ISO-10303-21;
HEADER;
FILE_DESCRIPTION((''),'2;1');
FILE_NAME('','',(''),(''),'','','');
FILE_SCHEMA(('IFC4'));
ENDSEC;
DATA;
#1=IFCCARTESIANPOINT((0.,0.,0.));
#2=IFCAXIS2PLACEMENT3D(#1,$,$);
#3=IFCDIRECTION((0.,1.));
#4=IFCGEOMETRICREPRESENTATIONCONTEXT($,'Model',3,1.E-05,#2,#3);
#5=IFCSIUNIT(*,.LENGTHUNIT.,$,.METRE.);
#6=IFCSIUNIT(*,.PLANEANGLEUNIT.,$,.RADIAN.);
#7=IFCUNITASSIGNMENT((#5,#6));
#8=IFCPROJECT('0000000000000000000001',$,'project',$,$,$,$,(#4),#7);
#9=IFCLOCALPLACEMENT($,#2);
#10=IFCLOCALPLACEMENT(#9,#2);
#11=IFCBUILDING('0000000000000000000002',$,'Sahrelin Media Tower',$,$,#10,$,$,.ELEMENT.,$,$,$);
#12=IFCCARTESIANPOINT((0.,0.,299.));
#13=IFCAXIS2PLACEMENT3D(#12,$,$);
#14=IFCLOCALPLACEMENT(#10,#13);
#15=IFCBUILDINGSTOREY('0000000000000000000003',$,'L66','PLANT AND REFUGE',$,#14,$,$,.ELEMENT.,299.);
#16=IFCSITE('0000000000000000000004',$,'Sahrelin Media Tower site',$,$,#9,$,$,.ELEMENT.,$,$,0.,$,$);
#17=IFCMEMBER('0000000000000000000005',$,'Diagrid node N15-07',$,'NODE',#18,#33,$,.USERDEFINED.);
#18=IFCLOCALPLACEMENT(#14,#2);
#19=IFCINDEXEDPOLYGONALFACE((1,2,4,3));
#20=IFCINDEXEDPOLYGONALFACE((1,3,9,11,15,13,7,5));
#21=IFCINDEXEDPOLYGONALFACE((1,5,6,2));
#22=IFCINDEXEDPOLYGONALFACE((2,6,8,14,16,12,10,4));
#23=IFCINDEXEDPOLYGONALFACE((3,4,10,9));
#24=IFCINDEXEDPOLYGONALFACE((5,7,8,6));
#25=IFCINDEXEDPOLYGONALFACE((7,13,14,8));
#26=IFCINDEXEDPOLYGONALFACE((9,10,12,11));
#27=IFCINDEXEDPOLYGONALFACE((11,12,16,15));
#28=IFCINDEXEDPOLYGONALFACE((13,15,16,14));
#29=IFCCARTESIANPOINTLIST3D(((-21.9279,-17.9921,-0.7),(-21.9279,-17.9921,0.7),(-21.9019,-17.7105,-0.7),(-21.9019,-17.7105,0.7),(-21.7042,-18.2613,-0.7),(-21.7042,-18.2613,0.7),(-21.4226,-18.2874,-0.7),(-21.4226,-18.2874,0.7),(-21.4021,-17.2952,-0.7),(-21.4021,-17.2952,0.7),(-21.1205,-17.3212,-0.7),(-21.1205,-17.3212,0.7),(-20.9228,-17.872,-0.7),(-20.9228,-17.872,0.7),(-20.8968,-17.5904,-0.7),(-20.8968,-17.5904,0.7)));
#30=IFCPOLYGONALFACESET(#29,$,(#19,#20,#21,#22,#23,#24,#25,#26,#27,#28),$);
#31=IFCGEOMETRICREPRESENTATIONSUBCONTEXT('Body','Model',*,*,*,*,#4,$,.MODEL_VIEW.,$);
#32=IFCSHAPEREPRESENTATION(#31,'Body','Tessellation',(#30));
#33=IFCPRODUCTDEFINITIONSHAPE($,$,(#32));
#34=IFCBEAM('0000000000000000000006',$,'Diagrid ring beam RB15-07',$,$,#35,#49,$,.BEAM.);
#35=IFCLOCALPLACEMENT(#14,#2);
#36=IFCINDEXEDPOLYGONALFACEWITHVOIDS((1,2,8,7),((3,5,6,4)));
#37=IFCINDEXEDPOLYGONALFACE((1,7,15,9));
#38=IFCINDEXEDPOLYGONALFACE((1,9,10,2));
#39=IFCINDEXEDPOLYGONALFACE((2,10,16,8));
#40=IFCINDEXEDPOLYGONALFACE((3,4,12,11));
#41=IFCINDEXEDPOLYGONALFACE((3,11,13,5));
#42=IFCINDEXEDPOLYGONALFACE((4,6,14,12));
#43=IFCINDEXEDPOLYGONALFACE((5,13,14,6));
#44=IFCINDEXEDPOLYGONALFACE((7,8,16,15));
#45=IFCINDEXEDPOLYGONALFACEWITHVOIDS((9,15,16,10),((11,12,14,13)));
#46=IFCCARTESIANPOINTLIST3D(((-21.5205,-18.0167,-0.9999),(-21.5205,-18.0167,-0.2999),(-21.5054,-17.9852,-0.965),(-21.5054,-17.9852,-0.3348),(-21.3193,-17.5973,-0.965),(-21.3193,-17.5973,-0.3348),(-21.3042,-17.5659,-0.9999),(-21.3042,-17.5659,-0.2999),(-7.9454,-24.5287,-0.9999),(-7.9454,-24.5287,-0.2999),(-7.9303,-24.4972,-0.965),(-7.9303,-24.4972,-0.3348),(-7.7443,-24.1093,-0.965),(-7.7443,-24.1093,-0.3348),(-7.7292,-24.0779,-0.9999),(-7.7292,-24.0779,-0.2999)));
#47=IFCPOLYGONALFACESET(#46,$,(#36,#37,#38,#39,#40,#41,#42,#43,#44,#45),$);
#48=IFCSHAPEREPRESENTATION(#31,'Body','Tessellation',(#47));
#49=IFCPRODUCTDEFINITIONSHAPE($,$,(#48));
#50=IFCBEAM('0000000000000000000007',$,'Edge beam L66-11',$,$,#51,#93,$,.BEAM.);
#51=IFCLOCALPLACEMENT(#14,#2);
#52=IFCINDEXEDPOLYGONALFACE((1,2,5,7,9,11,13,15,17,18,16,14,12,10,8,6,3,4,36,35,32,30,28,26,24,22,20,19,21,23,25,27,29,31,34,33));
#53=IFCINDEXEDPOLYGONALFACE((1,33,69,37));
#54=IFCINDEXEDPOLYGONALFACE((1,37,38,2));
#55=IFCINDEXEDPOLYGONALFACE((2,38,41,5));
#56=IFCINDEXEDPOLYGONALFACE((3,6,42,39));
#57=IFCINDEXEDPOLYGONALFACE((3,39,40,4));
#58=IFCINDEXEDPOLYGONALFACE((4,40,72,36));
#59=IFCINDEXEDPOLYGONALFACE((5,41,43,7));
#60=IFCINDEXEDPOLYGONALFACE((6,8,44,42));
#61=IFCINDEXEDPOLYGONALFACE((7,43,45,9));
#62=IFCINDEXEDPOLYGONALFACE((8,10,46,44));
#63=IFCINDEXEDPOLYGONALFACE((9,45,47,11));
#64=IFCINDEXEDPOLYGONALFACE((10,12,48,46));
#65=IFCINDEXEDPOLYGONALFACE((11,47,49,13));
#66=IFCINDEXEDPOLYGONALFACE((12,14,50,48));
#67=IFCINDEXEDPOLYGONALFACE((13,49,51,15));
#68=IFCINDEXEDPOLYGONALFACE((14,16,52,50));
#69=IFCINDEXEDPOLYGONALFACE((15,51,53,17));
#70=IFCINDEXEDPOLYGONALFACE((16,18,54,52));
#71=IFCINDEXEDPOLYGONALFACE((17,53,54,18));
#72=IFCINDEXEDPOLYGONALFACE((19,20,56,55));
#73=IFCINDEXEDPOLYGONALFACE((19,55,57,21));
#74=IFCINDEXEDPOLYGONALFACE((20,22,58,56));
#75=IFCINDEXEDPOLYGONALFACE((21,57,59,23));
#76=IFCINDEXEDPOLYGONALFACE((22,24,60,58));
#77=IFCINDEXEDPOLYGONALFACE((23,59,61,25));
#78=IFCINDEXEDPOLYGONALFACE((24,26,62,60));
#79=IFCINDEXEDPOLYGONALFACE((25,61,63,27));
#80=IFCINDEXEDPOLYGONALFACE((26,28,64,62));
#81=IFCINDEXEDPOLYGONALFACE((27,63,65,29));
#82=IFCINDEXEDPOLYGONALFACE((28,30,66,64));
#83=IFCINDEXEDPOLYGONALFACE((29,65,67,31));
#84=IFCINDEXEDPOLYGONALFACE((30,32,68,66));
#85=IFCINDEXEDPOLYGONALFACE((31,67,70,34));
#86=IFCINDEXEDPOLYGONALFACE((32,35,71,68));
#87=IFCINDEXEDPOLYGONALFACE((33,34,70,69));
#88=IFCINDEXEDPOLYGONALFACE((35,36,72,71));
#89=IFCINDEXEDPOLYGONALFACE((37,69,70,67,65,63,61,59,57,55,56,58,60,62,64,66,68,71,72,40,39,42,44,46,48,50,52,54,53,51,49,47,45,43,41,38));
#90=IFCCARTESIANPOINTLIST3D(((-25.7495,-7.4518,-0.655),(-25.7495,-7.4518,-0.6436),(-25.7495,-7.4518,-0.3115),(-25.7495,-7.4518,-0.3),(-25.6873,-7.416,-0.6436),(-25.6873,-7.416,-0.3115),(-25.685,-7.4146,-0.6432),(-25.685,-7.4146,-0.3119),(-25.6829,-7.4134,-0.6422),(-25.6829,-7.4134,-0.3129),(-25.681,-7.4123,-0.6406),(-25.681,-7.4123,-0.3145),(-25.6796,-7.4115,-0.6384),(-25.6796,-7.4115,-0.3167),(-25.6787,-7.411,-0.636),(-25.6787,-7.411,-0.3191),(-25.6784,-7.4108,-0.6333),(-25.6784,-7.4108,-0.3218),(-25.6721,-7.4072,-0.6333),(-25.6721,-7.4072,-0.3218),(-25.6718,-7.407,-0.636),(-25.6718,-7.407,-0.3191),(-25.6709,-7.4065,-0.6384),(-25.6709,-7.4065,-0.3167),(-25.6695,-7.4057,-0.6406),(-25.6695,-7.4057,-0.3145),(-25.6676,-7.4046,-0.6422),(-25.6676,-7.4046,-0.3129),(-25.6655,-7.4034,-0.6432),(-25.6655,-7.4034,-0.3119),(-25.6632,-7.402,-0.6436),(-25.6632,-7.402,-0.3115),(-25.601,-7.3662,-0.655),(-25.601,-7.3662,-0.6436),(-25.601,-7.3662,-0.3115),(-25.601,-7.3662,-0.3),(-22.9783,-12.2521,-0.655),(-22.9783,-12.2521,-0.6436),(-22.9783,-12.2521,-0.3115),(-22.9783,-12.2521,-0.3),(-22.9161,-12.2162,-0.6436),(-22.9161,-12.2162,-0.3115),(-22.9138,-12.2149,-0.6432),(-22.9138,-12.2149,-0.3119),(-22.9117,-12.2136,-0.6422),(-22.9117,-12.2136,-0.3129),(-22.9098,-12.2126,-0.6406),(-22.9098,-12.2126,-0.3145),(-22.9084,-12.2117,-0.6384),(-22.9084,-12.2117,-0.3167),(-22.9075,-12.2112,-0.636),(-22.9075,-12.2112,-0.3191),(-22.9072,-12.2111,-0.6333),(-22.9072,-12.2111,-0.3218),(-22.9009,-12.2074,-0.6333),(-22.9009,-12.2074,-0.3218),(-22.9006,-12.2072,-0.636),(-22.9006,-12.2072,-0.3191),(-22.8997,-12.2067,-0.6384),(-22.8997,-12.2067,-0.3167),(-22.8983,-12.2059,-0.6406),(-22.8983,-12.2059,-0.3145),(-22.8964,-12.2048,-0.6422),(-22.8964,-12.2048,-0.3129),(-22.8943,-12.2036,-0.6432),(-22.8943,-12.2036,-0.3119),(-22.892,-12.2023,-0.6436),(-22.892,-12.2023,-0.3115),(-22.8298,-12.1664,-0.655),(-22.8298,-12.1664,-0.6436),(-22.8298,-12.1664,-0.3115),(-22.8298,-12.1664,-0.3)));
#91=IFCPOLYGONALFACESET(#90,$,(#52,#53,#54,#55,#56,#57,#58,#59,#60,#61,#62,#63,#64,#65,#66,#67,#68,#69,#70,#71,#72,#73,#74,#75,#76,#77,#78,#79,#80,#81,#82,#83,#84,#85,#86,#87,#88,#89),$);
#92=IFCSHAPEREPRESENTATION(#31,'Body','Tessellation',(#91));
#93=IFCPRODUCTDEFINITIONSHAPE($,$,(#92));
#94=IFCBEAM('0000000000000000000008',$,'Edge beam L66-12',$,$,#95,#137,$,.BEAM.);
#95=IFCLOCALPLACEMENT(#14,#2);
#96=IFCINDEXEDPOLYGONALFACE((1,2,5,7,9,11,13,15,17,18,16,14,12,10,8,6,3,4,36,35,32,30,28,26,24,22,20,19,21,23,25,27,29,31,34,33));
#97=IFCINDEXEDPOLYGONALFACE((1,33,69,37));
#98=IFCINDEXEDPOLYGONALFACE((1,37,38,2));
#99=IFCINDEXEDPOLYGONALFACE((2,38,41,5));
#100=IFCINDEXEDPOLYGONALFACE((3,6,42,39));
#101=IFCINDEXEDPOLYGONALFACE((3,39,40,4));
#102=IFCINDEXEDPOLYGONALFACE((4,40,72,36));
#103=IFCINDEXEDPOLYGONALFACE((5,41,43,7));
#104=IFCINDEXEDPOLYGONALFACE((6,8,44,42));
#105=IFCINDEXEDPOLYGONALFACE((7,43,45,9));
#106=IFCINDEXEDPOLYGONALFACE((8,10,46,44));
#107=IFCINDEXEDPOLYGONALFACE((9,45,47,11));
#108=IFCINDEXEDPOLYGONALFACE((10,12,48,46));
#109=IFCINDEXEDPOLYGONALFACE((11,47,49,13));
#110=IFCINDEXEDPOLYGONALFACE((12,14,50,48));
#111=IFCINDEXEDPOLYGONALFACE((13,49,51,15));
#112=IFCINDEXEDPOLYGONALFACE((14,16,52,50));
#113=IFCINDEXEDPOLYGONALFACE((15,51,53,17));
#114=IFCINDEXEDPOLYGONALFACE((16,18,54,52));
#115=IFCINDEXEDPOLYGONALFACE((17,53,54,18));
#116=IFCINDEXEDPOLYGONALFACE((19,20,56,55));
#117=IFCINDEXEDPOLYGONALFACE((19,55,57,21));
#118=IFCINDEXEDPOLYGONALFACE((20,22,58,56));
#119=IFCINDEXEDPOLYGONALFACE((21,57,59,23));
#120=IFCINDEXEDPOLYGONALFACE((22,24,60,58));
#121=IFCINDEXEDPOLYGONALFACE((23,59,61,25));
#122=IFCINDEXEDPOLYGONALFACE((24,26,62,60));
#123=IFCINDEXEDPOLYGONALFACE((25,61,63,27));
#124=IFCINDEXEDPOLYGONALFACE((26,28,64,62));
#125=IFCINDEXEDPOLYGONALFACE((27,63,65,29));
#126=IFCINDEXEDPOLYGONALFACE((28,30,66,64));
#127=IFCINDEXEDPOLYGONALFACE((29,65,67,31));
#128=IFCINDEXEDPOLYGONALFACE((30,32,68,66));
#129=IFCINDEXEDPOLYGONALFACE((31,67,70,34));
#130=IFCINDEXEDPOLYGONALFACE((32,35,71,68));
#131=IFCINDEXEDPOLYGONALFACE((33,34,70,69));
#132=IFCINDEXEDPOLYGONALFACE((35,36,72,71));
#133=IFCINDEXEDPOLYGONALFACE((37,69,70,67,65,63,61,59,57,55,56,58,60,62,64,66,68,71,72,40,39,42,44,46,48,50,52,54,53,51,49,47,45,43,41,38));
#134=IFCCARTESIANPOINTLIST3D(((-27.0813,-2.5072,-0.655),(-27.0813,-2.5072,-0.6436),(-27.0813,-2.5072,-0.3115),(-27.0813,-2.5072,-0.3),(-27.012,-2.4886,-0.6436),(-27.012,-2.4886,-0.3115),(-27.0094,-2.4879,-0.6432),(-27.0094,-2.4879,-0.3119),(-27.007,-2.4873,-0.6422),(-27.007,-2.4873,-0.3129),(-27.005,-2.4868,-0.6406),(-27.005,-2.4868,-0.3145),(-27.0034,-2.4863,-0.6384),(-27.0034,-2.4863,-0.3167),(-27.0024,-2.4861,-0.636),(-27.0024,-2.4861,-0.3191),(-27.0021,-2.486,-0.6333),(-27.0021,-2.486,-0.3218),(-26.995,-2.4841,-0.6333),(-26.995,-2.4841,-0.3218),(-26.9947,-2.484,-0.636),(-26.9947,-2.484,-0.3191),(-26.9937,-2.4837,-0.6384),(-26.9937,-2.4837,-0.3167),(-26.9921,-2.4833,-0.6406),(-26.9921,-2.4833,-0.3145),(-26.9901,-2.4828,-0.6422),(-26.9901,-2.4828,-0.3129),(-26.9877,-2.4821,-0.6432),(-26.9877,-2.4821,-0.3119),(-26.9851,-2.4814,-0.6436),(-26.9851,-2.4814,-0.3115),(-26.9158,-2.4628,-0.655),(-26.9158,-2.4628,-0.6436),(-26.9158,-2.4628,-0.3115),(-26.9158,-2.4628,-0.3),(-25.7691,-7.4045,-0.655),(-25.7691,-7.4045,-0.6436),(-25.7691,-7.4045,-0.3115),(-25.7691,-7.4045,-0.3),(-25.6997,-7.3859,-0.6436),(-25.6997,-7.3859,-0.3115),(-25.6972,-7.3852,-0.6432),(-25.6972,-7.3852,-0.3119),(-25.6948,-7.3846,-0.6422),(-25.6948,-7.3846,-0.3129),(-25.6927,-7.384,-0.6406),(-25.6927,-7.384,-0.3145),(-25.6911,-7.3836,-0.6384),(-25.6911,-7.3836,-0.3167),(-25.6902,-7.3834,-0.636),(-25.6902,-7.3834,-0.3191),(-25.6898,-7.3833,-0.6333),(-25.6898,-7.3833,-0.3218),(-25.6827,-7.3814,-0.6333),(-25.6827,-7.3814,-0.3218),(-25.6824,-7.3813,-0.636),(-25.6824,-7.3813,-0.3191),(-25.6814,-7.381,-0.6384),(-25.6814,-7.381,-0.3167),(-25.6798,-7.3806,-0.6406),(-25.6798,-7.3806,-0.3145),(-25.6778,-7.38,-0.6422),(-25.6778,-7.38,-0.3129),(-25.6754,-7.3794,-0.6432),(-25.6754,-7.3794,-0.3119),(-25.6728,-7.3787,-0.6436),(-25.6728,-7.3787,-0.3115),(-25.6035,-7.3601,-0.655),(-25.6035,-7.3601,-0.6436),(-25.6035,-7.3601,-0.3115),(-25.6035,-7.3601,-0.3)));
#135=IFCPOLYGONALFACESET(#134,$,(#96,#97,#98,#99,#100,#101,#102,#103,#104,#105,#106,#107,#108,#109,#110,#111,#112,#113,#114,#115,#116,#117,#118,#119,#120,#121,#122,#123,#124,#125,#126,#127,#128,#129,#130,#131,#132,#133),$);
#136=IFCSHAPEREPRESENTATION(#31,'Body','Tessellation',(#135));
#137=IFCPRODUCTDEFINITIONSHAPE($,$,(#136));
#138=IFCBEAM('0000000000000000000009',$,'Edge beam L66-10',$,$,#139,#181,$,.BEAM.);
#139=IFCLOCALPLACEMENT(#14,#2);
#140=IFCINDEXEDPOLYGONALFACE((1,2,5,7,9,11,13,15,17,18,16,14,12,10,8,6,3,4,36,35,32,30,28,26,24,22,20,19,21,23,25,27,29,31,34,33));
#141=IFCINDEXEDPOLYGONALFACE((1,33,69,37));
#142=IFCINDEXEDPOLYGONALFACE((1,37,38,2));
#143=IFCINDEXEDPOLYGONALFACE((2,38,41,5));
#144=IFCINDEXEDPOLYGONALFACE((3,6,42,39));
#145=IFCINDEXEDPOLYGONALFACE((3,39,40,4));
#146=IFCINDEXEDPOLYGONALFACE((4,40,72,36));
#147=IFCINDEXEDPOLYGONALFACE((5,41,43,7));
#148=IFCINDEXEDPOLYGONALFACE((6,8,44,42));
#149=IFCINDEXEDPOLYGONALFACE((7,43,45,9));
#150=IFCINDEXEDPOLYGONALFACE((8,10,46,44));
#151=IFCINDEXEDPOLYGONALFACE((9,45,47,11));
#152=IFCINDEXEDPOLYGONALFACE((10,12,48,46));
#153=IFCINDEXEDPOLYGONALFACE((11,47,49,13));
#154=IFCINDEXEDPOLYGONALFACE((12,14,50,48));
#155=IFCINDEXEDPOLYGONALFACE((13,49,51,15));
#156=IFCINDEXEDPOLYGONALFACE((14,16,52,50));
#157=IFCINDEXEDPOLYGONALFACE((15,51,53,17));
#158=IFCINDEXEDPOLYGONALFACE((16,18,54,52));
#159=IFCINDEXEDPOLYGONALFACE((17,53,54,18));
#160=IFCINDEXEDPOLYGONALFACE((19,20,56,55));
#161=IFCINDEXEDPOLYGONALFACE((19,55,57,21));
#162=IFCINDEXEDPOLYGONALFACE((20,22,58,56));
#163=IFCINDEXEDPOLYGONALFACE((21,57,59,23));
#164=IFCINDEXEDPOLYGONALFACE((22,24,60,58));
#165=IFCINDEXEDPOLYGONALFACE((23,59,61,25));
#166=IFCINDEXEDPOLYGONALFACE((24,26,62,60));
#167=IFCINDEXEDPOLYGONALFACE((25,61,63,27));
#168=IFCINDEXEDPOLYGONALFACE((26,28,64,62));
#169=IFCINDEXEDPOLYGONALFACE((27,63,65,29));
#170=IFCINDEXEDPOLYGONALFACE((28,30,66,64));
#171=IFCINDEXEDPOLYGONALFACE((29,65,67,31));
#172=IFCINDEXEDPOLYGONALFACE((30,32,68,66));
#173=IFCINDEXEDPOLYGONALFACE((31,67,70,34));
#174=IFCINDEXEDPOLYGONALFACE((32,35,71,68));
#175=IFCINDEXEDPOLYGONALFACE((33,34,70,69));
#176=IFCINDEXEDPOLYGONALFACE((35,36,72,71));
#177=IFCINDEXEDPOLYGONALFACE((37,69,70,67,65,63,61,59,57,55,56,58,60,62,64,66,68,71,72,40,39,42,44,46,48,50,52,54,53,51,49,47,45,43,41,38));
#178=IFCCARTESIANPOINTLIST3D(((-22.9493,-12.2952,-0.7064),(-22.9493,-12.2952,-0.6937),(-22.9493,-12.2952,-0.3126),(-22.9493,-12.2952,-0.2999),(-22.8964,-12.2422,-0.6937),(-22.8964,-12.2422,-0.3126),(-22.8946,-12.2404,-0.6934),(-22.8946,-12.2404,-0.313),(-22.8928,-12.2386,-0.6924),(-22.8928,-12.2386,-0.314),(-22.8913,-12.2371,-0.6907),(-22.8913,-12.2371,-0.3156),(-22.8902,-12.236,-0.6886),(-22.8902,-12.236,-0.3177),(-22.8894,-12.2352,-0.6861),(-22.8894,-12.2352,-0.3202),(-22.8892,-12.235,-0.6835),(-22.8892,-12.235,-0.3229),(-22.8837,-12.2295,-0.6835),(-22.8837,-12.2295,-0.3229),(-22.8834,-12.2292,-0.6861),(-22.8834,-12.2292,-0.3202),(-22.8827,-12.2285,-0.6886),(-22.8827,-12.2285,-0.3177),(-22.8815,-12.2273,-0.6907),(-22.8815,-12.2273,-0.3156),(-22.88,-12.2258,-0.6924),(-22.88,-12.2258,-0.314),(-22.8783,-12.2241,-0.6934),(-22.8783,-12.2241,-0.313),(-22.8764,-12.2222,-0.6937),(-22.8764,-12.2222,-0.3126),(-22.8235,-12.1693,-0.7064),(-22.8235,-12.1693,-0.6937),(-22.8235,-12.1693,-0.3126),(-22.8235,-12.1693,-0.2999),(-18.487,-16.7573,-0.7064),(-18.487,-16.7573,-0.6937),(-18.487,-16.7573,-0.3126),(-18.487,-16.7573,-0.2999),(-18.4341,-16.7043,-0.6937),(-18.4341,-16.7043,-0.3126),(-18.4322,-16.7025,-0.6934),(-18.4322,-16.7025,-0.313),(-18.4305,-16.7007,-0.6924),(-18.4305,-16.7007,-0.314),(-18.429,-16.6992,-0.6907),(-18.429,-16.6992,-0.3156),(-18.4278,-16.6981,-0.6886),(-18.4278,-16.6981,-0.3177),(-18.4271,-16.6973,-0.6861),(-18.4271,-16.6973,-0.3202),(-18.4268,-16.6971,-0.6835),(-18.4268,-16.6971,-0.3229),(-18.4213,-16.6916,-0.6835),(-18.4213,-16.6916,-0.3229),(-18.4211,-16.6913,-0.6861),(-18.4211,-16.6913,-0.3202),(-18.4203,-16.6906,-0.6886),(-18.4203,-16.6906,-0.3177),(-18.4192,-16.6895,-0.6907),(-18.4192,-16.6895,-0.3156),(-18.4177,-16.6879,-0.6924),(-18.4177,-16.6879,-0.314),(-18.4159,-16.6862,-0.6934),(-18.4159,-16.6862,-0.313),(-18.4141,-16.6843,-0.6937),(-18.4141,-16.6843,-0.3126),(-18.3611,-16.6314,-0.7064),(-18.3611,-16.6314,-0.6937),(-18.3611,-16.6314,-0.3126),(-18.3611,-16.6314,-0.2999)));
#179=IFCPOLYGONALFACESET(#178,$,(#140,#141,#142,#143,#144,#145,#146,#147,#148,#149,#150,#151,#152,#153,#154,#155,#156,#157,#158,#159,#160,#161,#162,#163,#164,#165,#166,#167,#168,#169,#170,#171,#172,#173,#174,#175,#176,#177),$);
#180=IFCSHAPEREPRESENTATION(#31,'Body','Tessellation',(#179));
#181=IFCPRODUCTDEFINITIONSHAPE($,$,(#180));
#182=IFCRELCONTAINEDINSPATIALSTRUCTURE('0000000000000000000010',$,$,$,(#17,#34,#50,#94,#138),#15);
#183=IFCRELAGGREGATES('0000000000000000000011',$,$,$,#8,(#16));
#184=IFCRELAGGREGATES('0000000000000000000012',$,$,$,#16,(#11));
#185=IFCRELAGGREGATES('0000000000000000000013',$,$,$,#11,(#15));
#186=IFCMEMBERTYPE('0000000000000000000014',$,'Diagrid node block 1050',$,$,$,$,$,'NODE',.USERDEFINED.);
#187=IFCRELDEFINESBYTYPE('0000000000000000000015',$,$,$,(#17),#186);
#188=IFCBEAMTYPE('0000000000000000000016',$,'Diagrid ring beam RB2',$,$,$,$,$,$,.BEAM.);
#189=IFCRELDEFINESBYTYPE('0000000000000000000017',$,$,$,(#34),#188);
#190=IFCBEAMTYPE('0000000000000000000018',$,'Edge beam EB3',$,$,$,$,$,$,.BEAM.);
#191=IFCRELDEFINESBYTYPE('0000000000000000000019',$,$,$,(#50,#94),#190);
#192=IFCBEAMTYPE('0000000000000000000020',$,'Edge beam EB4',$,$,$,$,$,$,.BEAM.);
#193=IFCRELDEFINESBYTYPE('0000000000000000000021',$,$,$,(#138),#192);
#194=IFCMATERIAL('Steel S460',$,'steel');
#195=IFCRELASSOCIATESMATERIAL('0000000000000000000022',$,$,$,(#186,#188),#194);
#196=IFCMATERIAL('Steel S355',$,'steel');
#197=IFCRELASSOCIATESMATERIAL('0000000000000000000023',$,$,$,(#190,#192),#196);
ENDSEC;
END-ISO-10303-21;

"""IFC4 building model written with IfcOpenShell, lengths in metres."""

from ifc_helpers import new_model, si_unit, direction, frame, origin, origin_2d, place, context, subcontext, project, spatial, polyline, hollow_rectangle, i_section, outline, extrude, material, material_profile, profile_set, type_object, element, save


model = new_model("IFC4")

# Units and contexts
model_context = context("Model", 3, precision=1e-05, world=origin(), true_north=direction((0.0, 1.0)))
body_context = subcontext(model_context, "Body", "Model", "MODEL_VIEW")
ifc_project = project(units=[si_unit("LENGTHUNIT", "METRE"), si_unit("PLANEANGLEUNIT", "RADIAN")], contexts=[model_context])

# Site, building, storey
site_placement = place(None, origin())
site = spatial("IfcSite", under=ifc_project, at=site_placement, Name="Sahrelin Media Tower site", CompositionType="ELEMENT", RefElevation=0.0)
building_placement = place(site_placement, origin())
building = spatial("IfcBuilding", under=site, at=building_placement, Name="Sahrelin Media Tower", CompositionType="ELEMENT")
storey_placement = place(building_placement, frame((0.0, 0.0, 299.0)))
storey = spatial("IfcBuildingStorey", under=building, at=storey_placement, Name="L66", Description="PLANT AND REFUGE", CompositionType="ELEMENT", Elevation=299.0)

# Member
ifc_material_1 = material(Name="Steel S460", Category="steel")
ifc_material_profile_1 = material_profile(ifc_material_1, outline(polyline([(0.325, -0.375), (0.5249, -0.175), (0.5249, 0.175), (0.325, 0.375), (-0.325, 0.375), (-0.5249, 0.175), (-0.5249, -0.175), (-0.325, -0.375), (0.325, -0.375)])), Name="Diagrid node block 1050")
ifc_profile_set_1 = profile_set([ifc_material_profile_1], Name="Steel S460")
member_type_1 = type_object("IfcMemberType", Name="Diagrid node block 1050", ElementType="NODE", PredefinedType="USERDEFINED", material=ifc_profile_set_1)
member_1_placement = place(storey_placement, frame((-21.4124, -17.7913, -0.7), z_axis=(0.0, 0.0, 1.0), x_axis=(-0.769146, -0.639073, 0.0)))
element("IfcMember", 1, at=member_1_placement, inside=storey, type_object=member_type_1, Name="Diagrid node N15-07", ObjectType="NODE", PredefinedType="USERDEFINED", context=body_context, shape_type="SweptSolid", body=[
    extrude(outline(polyline([(0.325, -0.375), (0.5249, -0.175), (0.5249, 0.175), (0.325, 0.375), (-0.325, 0.375), (-0.5249, 0.175), (-0.5249, -0.175), (-0.325, -0.375), (0.325, -0.375)])), origin(), (0.0, 0.0, 1.0), 1.3999),
])

# Beams
ifc_material_profile_2 = material_profile(ifc_material_1, hollow_rectangle(XDim=0.5, YDim=0.7, WallThickness=0.0349, at=origin_2d()), Name="Diagrid ring beam RB2")
ifc_profile_set_2 = profile_set([ifc_material_profile_2], Name="Steel S460")
beam_type_1 = type_object("IfcBeamType", Name="Diagrid ring beam RB2", PredefinedType="BEAM", material=ifc_profile_set_2)
beam_1_placement = place(storey_placement, frame((-21.4124, -17.7913, -0.6499), z_axis=(0.901627, -0.432514, 0.0), x_axis=(0.432514, 0.901627, 0.0)))
element("IfcBeam", 2, at=beam_1_placement, inside=storey, type_object=beam_type_1, Name="Diagrid ring beam RB15-07", PredefinedType="BEAM", context=body_context, shape_type="SweptSolid", body=[
    extrude(hollow_rectangle(XDim=0.5, YDim=0.7, WallThickness=0.0349, at=origin_2d()), origin(), (0.0, 0.0, 1.0), 15.0562),
])
ifc_material_2 = material(Name="Steel S355", Category="steel")
ifc_material_profile_3 = material_profile(ifc_material_2, i_section(OverallWidth=0.1714, OverallDepth=0.355, WebThickness=0.0073, FlangeThickness=0.0115, FilletRadius=0.0103, at=origin_2d()), Name="UB 356x171x51")
ifc_profile_set_3 = profile_set([ifc_material_profile_3], Name="Steel S355")
beam_type_2 = type_object("IfcBeamType", Name="Edge beam EB3", PredefinedType="BEAM", material=ifc_profile_set_3)
beam_2_placement = place(storey_placement, frame((-22.9041, -12.2092, -0.4775), z_axis=(-0.499972, 0.866042, 0.0), x_axis=(-0.866042, -0.499972, 0.0)))
element("IfcBeam", 3, at=beam_2_placement, inside=storey, type_object=beam_type_2, Name="Edge beam L66-11", PredefinedType="BEAM", context=body_context, shape_type="SweptSolid", body=[
    extrude(i_section(OverallWidth=0.1714, OverallDepth=0.355, WebThickness=0.0073, FlangeThickness=0.0115, FilletRadius=0.0103, at=origin_2d()), origin(), (0.0, 0.0, 1.0), 5.5427),
])
beam_3_placement = place(storey_placement, frame((-25.6863, -7.3823, -0.4775), z_axis=(-0.258828, 0.965923, 0.0), x_axis=(-0.965923, -0.258828, 0.0)))
element("IfcBeam", 4, at=beam_3_placement, inside=storey, type_object=beam_type_2, Name="Edge beam L66-12", PredefinedType="BEAM", context=body_context, shape_type="SweptSolid", body=[
    extrude(i_section(OverallWidth=0.1714, OverallDepth=0.355, WebThickness=0.0073, FlangeThickness=0.0115, FilletRadius=0.0103, at=origin_2d()), origin(), (0.0, 0.0, 1.0), 5.0701),
])
ifc_material_profile_4 = material_profile(ifc_material_2, i_section(OverallWidth=0.178, OverallDepth=0.4065, WebThickness=0.0078, FlangeThickness=0.0127, FilletRadius=0.0103, at=origin_2d()), Name="UB 406x178x60")
ifc_profile_set_4 = profile_set([ifc_material_profile_4], Name="Steel S355")
beam_type_3 = type_object("IfcBeamType", Name="Edge beam EB4", PredefinedType="BEAM", material=ifc_profile_set_4)
beam_4_placement = place(storey_placement, frame((-18.4241, -16.6943, -0.5032), z_axis=(-0.707126, 0.707087, 0.0), x_axis=(-0.707087, -0.707126, 0.0)))
element("IfcBeam", 5, at=beam_4_placement, inside=storey, type_object=beam_type_3, Name="Edge beam L66-10", PredefinedType="BEAM", context=body_context, shape_type="SweptSolid", body=[
    extrude(i_section(OverallWidth=0.178, OverallDepth=0.4065, WebThickness=0.0078, FlangeThickness=0.0127, FilletRadius=0.0103, at=origin_2d()), origin(), (0.0, 0.0, 1.0), 6.3105),
])

save(model, "model.ifc")
